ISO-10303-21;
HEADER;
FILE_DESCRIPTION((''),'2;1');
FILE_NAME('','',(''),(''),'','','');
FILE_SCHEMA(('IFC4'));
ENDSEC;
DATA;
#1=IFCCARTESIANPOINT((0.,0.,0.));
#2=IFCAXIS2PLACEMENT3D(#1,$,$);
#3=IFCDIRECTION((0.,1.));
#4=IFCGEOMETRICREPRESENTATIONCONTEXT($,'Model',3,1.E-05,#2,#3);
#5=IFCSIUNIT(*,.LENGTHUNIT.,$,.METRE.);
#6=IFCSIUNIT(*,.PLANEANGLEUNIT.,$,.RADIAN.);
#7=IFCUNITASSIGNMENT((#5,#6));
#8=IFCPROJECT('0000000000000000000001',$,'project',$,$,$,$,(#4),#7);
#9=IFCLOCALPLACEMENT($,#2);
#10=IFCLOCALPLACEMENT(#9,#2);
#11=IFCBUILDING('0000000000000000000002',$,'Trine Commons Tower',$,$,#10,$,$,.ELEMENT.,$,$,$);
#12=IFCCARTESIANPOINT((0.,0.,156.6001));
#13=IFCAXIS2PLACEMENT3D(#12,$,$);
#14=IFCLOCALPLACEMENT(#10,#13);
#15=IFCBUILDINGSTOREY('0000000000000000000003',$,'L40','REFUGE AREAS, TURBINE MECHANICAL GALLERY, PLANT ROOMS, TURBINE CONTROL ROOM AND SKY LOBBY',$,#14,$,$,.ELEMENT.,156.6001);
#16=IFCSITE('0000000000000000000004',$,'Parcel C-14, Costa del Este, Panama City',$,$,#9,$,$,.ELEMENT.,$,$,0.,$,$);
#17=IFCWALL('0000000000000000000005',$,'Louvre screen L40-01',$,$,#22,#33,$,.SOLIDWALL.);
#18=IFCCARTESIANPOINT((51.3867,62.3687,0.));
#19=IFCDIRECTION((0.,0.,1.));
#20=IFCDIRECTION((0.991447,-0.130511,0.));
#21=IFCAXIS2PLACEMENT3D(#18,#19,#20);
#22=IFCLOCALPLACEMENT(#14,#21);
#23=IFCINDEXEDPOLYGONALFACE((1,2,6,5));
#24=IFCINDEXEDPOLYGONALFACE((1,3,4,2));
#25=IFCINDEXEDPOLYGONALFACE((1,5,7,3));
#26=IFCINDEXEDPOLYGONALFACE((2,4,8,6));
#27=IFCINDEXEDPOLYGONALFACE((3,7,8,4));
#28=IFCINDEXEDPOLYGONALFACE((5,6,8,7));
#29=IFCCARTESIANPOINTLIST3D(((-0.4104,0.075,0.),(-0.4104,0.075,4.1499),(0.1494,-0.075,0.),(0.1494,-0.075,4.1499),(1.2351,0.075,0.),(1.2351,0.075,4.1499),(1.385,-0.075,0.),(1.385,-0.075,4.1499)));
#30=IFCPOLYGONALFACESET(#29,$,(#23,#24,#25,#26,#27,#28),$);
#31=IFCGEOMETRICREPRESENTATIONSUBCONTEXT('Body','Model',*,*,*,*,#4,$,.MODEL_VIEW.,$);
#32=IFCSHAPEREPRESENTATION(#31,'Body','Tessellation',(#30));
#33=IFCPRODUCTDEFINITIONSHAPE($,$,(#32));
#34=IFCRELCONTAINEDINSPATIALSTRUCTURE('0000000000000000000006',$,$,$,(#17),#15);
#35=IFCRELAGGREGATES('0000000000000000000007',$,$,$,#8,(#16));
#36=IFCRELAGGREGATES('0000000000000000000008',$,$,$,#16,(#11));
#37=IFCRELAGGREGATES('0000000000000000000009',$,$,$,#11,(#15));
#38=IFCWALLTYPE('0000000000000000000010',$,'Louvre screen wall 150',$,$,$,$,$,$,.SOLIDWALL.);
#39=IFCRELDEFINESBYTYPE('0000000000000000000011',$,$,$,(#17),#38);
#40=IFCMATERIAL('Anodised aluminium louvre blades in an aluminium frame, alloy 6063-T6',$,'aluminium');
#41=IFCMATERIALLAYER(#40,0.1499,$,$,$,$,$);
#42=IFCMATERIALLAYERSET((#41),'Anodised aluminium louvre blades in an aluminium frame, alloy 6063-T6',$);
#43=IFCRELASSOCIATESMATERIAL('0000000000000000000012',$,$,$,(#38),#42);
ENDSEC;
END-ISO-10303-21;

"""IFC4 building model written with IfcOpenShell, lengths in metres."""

from ifc_helpers import new_model, si_unit, direction, frame, origin, place, context, subcontext, project, spatial, polyline, outline, extrude, material, layer, layer_set, type_object, element, save


model = new_model("IFC4")

# Units and contexts
model_context = context("Model", 3, precision=1e-05, world=origin(), true_north=direction((0.0, 1.0)))
body_context = subcontext(model_context, "Body", "Model", "MODEL_VIEW")
ifc_project = project(units=[si_unit("LENGTHUNIT", "METRE"), si_unit("PLANEANGLEUNIT", "RADIAN")], contexts=[model_context])

# Site, building, storey
site_placement = place(None, origin())
site = spatial("IfcSite", under=ifc_project, at=site_placement, Name="Parcel C-14, Costa del Este, Panama City", CompositionType="ELEMENT", RefElevation=0.0)
building_placement = place(site_placement, origin())
building = spatial("IfcBuilding", under=site, at=building_placement, Name="Trine Commons Tower", CompositionType="ELEMENT")
storey_placement = place(building_placement, frame((0.0, 0.0, 156.6001)))
storey = spatial("IfcBuildingStorey", under=building, at=storey_placement, Name="L40", Description="REFUGE AREAS, TURBINE MECHANICAL GALLERY, PLANT ROOMS, TURBINE CONTROL ROOM AND SKY LOBBY", CompositionType="ELEMENT", Elevation=156.6001)

# Wall
ifc_material_1 = material(Name="Anodised aluminium louvre blades in an aluminium frame, alloy 6063-T6", Category="aluminium")
ifc_layer_1 = layer(ifc_material_1, 0.1499)
ifc_layer_set_1 = layer_set([ifc_layer_1], Name="Anodised aluminium louvre blades in an aluminium frame, alloy 6063-T6")
wall_type_1 = type_object("IfcWallType", Name="Louvre screen wall 150", PredefinedType="SOLIDWALL", material=ifc_layer_set_1)
wall_1_placement = place(storey_placement, frame((51.3867, 62.3687, 0.0), z_axis=(0.0, 0.0, 1.0), x_axis=(0.991447, -0.130511, 0.0)))
element("IfcWall", 1, at=wall_1_placement, inside=storey, type_object=wall_type_1, Name="Louvre screen L40-01", PredefinedType="SOLIDWALL", context=body_context, shape_type="SweptSolid", body=[
    extrude(outline(polyline([(0.1494, -0.075), (1.385, -0.075), (1.2351, 0.075), (-0.4104, 0.075), (0.1494, -0.075)])), origin(), (0.0, 0.0, 1.0), 4.1499),
])

save(model, "model.ifc")
